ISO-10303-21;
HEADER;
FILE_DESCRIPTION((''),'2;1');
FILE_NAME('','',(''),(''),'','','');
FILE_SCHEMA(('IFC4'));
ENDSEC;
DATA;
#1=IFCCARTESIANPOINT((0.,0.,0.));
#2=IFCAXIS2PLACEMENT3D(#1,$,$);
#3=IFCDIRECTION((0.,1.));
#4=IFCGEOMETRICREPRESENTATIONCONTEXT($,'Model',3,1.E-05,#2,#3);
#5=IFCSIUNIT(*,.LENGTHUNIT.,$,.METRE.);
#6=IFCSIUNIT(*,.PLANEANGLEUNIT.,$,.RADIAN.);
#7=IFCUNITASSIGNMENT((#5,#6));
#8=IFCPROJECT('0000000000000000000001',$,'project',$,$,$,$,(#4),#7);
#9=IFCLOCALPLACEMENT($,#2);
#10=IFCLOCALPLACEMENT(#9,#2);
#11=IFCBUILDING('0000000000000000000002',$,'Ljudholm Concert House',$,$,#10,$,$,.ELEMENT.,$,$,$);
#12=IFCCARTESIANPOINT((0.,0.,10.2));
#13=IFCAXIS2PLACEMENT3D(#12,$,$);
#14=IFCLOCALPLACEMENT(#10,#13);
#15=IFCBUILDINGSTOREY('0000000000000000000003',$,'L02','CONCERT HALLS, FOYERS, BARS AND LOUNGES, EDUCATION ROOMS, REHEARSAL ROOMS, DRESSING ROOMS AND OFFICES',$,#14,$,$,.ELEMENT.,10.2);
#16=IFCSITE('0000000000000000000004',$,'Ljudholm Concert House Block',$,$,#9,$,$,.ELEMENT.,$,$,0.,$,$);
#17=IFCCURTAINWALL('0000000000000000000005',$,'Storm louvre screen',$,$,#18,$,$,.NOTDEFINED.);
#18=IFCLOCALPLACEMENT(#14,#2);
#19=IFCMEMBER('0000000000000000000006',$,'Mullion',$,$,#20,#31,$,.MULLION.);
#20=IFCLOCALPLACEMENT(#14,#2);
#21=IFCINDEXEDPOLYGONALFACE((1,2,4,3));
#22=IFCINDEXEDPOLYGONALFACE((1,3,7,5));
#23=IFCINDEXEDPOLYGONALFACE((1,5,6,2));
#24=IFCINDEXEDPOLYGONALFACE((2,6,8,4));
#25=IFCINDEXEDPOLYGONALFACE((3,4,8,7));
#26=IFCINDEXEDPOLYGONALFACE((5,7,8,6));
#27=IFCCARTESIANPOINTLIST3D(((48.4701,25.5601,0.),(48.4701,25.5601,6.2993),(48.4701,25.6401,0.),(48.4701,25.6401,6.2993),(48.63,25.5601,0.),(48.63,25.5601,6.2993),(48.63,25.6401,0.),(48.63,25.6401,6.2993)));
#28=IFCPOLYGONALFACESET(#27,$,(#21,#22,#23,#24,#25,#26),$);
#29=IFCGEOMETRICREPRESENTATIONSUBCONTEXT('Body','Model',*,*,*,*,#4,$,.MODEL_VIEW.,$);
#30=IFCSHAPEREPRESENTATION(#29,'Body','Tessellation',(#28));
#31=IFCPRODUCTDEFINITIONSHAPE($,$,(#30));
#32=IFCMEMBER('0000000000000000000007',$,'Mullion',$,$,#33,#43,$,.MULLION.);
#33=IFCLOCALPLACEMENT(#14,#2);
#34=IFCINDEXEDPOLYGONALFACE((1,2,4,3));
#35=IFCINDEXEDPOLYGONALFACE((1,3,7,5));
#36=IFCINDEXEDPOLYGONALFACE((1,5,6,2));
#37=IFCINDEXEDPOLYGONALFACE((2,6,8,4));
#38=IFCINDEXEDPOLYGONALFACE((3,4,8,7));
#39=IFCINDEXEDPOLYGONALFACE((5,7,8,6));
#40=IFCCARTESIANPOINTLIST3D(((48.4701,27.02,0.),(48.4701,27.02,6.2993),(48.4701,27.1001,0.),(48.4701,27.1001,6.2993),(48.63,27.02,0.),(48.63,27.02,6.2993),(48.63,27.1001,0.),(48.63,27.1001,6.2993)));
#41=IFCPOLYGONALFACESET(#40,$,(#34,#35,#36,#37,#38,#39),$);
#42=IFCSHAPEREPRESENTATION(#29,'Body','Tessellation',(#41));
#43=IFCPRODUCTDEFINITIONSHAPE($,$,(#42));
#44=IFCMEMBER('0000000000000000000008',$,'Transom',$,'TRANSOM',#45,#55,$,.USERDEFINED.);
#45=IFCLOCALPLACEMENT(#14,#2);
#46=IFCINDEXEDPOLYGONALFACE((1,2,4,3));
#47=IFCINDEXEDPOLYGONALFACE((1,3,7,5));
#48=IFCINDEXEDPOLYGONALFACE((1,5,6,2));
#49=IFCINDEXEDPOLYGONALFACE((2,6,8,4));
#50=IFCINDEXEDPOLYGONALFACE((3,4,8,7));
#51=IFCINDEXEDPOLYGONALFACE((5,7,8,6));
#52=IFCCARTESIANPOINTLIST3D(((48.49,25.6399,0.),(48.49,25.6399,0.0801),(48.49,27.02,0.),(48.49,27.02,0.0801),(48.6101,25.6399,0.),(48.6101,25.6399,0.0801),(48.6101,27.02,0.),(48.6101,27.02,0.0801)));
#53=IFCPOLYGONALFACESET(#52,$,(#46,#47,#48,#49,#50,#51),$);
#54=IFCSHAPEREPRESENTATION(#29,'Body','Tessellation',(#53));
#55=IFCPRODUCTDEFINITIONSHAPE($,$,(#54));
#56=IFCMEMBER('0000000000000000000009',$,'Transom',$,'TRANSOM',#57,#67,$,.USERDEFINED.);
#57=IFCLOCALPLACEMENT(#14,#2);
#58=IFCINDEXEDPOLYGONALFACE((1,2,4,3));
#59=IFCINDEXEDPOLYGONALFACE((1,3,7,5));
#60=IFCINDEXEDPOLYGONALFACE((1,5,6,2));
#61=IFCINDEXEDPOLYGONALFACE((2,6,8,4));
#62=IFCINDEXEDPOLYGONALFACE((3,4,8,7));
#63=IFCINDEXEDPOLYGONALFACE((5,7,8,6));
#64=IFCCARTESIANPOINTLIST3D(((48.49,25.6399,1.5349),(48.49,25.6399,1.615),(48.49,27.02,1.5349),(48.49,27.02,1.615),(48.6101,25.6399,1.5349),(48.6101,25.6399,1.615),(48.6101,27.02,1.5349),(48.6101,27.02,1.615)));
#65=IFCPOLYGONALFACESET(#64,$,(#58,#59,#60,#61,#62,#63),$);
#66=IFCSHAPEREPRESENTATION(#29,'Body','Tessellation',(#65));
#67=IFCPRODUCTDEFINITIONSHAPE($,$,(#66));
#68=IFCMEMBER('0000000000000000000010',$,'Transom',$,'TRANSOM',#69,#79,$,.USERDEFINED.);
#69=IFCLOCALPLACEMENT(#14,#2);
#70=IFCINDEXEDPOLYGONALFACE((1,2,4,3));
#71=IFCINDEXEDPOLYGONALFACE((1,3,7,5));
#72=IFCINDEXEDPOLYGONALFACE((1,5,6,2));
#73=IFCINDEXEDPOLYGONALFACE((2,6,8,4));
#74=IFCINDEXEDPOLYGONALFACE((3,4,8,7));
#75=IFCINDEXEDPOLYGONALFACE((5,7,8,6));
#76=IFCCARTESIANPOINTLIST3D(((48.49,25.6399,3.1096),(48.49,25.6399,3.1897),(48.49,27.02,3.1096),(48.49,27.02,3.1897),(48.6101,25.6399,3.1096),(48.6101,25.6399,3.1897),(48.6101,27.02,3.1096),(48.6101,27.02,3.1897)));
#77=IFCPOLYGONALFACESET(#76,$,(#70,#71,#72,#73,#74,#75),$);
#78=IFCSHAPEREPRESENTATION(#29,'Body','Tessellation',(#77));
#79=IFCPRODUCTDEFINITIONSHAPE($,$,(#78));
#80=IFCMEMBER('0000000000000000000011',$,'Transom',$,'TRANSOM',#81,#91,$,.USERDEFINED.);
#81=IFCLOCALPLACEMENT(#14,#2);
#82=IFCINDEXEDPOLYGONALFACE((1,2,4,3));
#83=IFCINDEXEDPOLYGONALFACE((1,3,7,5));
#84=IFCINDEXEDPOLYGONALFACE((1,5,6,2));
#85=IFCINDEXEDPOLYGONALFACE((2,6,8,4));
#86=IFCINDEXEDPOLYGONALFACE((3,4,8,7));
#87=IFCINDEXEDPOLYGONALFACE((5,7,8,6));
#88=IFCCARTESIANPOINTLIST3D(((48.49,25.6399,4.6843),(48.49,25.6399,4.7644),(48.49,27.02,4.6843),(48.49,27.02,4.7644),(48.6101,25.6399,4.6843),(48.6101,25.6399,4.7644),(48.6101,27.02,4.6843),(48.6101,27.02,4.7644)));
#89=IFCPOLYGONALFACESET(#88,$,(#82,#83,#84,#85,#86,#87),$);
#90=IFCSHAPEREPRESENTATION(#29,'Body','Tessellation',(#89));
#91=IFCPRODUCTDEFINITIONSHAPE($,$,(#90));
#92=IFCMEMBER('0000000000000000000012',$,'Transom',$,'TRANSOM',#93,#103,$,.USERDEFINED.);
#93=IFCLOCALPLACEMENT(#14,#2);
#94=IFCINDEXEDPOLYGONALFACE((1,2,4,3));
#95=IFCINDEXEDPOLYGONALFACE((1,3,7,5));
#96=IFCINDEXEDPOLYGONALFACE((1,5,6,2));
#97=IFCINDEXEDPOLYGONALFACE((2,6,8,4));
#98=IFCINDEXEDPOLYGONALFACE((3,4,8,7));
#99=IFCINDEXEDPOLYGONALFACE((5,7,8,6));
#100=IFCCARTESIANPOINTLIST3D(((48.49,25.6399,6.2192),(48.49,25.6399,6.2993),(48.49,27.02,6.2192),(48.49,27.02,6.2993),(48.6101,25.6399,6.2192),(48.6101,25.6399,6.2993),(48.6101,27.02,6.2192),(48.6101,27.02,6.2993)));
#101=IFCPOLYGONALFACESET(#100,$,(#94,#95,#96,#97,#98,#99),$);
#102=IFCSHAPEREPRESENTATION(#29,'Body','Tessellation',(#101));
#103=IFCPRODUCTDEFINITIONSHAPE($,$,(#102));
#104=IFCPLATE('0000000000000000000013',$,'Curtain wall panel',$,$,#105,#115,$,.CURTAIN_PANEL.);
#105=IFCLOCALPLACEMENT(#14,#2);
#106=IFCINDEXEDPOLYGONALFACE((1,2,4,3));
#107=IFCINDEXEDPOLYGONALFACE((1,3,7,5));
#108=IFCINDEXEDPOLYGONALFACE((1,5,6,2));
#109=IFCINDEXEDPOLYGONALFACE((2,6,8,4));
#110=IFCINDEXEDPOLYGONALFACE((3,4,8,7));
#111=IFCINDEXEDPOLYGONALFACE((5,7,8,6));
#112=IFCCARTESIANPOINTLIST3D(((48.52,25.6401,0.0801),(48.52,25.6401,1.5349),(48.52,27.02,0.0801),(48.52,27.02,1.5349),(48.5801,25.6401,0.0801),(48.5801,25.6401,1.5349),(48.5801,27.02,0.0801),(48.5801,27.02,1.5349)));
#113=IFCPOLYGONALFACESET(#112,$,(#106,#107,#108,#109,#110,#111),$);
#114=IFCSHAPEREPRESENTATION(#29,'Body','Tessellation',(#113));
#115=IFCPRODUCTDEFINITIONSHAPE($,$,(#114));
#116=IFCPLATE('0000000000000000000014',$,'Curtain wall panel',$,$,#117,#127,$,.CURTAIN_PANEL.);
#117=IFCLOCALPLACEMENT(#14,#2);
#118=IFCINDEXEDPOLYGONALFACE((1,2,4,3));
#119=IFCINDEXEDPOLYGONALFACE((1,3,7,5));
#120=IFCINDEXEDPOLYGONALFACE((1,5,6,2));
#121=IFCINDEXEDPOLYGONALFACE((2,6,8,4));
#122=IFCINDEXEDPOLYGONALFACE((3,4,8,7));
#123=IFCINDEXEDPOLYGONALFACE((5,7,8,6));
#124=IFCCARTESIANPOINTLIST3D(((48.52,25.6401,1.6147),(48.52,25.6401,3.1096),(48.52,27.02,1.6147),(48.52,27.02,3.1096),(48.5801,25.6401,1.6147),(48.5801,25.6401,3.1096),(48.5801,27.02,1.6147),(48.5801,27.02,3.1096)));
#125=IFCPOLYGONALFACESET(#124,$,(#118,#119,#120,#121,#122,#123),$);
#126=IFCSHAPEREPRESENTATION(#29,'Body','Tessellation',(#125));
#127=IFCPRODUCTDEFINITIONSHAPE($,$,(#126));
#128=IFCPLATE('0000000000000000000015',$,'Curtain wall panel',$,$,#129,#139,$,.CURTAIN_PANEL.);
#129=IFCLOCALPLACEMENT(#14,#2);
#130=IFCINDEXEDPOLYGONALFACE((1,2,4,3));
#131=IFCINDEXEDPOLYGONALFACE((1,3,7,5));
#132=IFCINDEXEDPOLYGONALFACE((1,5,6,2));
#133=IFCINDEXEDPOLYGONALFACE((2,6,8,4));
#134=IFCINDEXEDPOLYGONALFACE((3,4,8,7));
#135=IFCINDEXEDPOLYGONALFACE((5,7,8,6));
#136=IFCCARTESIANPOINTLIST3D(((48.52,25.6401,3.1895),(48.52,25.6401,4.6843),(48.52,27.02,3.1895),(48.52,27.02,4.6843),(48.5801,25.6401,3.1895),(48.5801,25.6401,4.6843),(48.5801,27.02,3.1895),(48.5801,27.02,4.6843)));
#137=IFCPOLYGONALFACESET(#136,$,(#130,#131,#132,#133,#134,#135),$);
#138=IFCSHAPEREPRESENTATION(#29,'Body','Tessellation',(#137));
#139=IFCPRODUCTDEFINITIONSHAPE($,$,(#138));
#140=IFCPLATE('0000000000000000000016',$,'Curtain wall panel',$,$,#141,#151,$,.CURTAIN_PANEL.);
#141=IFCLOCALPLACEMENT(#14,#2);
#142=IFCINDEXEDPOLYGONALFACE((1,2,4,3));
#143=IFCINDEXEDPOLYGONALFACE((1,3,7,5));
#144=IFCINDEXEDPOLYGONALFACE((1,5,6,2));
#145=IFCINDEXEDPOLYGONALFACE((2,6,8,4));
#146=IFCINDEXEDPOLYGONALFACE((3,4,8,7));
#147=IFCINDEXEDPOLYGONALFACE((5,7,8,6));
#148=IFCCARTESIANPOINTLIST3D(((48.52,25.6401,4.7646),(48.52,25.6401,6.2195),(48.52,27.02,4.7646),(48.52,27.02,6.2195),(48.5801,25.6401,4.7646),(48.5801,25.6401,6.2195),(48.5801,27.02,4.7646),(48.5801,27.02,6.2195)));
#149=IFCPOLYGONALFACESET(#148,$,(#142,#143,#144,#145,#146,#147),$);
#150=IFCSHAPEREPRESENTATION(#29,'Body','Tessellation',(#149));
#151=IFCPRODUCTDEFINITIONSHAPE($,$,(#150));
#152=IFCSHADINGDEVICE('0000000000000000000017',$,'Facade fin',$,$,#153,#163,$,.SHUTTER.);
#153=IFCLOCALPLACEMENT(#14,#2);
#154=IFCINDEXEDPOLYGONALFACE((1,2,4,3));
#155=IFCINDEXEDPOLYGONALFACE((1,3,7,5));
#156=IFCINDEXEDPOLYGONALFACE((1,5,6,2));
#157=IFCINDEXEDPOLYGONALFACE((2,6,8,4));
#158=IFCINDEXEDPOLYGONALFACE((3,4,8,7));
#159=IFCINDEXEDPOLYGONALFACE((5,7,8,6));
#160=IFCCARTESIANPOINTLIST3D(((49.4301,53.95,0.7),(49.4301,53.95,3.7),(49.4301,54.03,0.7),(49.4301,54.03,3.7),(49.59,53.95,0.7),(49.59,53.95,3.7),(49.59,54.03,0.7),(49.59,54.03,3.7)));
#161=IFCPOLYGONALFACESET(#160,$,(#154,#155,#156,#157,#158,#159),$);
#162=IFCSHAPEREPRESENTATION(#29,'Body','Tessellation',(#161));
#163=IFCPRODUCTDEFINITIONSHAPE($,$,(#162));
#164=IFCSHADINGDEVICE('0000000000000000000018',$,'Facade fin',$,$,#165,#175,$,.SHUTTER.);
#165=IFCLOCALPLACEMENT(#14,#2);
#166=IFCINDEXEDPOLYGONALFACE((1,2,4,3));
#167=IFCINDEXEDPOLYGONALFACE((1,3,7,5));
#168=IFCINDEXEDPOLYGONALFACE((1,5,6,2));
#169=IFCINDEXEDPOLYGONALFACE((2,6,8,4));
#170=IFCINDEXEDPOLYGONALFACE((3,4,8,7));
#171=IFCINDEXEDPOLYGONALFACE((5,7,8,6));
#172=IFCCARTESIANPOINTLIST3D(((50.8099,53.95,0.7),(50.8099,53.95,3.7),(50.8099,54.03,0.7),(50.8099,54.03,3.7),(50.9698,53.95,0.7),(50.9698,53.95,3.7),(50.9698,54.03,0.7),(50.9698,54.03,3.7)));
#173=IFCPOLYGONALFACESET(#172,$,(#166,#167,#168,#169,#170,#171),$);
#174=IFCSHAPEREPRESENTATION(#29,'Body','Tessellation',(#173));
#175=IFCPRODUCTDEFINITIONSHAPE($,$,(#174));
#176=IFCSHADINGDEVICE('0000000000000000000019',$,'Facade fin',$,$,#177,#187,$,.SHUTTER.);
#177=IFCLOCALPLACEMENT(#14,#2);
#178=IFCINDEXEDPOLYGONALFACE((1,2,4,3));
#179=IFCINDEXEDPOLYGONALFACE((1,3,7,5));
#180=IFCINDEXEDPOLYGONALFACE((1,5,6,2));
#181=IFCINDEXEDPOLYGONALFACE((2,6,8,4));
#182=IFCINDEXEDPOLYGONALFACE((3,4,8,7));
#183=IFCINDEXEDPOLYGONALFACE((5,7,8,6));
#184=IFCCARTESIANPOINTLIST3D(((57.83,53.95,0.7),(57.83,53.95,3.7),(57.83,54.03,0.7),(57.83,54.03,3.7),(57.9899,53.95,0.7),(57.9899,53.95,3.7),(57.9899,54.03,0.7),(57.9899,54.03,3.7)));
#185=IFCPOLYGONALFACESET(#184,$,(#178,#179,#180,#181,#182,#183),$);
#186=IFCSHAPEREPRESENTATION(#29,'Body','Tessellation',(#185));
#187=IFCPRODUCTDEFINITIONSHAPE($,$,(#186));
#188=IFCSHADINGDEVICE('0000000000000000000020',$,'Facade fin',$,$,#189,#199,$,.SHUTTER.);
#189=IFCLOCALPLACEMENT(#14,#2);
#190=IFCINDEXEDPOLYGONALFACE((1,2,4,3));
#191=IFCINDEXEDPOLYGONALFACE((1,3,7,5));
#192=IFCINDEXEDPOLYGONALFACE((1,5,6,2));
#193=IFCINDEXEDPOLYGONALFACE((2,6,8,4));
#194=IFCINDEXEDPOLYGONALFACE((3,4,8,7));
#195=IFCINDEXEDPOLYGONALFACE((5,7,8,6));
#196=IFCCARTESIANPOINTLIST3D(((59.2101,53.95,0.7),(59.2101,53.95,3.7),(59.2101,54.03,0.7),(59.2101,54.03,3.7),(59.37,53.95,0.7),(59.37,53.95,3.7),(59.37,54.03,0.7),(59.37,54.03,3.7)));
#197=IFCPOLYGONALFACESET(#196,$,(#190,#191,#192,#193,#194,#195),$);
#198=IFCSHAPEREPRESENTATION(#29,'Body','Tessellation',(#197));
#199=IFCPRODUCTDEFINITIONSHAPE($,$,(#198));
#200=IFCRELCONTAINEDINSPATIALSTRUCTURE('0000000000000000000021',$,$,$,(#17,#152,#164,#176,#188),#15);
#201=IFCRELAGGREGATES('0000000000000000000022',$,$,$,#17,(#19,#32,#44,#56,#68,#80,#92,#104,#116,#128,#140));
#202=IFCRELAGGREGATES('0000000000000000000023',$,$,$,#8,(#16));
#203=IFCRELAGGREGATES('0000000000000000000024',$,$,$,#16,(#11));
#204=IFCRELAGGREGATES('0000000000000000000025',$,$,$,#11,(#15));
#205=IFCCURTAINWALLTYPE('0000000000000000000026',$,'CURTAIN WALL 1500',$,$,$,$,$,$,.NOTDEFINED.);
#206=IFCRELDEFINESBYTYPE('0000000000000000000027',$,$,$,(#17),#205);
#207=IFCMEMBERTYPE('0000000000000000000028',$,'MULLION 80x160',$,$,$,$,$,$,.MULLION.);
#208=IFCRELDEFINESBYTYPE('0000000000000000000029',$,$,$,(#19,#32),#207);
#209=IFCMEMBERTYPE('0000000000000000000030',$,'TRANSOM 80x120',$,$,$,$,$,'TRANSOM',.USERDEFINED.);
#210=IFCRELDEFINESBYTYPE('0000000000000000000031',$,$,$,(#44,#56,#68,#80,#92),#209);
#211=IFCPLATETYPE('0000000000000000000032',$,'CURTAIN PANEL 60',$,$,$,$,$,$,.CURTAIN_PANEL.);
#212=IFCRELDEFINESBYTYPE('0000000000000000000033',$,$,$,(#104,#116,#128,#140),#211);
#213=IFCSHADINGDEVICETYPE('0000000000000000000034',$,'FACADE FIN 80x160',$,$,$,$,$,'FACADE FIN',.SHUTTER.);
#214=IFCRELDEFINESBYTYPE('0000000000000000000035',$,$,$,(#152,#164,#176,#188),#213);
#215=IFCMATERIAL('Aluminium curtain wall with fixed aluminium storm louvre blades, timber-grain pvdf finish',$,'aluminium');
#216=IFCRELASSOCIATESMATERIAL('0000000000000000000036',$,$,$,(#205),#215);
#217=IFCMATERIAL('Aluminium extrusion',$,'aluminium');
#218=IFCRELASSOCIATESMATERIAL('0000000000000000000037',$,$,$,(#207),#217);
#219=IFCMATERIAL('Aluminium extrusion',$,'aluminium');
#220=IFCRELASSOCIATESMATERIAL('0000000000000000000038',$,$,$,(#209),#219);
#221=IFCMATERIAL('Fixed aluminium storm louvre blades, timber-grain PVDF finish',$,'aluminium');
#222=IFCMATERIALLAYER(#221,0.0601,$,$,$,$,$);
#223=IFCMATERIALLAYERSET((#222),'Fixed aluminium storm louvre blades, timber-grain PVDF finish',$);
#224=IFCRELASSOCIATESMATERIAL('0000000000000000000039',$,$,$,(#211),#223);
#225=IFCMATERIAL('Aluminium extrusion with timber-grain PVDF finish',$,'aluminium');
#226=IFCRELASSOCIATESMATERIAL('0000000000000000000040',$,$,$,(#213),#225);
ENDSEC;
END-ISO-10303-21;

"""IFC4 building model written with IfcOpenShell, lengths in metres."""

from ifc_helpers import new_model, si_unit, direction, frame, origin, origin_2d, place, context, subcontext, project, spatial, rectangle, extrude, material, layer, layer_set, material_profile, profile_set, type_object, element, aggregate, save


model = new_model("IFC4")

# Units and contexts
model_context = context("Model", 3, precision=1e-05, world=origin(), true_north=direction((0.0, 1.0)))
body_context = subcontext(model_context, "Body", "Model", "MODEL_VIEW")
ifc_project = project(units=[si_unit("LENGTHUNIT", "METRE"), si_unit("PLANEANGLEUNIT", "RADIAN")], contexts=[model_context])

# Site, building, storey
site_placement = place(None, origin())
site = spatial("IfcSite", under=ifc_project, at=site_placement, Name="Ljudholm Concert House Block", CompositionType="ELEMENT", RefElevation=0.0)
building_placement = place(site_placement, origin())
building = spatial("IfcBuilding", under=site, at=building_placement, Name="Ljudholm Concert House", CompositionType="ELEMENT")
storey_placement = place(building_placement, frame((0.0, 0.0, 10.2)))
storey = spatial("IfcBuildingStorey", under=building, at=storey_placement, Name="L02", Description="CONCERT HALLS, FOYERS, BARS AND LOUNGES, EDUCATION ROOMS, REHEARSAL ROOMS, DRESSING ROOMS AND OFFICES", CompositionType="ELEMENT", Elevation=10.2)

# Curtain wall, members, plates
ifc_material_1 = material(Name="Aluminium curtain wall with fixed aluminium storm louvre blades, timber-grain pvdf finish", Category="aluminium")
curtain_wall_type = type_object("IfcCurtainWallType", Name="CURTAIN WALL 1500", PredefinedType="NOTDEFINED", material=ifc_material_1)
curtain_wall_placement = place(storey_placement, origin())
curtain_wall = element("IfcCurtainWall", 1, at=curtain_wall_placement, inside=storey, type_object=curtain_wall_type, Name="Storm louvre screen", PredefinedType="NOTDEFINED")
ifc_material_2 = material(Name="Aluminium extrusion", Category="aluminium")
ifc_material_profile_1 = material_profile(ifc_material_2, rectangle(XDim=0.1599, YDim=0.0801, at=origin_2d()), Name="MULLION 80x160")
ifc_profile_set_1 = profile_set([ifc_material_profile_1], Name="Aluminium extrusion")
member_type_1 = type_object("IfcMemberType", Name="MULLION 80x160", PredefinedType="MULLION", material=ifc_profile_set_1)
member_1_placement = place(storey_placement, frame((48.55, 25.6001, 0.0), z_axis=(0.0, 0.0, 1.0), x_axis=(-1.0, 0.0, 0.0)))
member_1 = element("IfcMember", 2, at=member_1_placement, type_object=member_type_1, Name="Mullion", PredefinedType="MULLION", context=body_context, shape_type="SweptSolid", body=[
    extrude(rectangle(XDim=0.1599, YDim=0.0801, at=origin_2d()), origin(), (0.0, 0.0, 1.0), 6.2993),
])
member_2_placement = place(storey_placement, frame((48.55, 27.0601, 0.0), z_axis=(0.0, 0.0, 1.0), x_axis=(-1.0, 0.0, 0.0)))
member_2 = element("IfcMember", 3, at=member_2_placement, type_object=member_type_1, Name="Mullion", PredefinedType="MULLION", context=body_context, shape_type="SweptSolid", body=[
    extrude(rectangle(XDim=0.1599, YDim=0.0801, at=origin_2d()), origin(), (0.0, 0.0, 1.0), 6.2993),
])
ifc_material_3 = material(Name="Aluminium extrusion", Category="aluminium")
ifc_material_profile_2 = material_profile(ifc_material_3, rectangle(XDim=0.1201, YDim=0.0801, at=origin_2d()), Name="TRANSOM 80x120")
ifc_profile_set_2 = profile_set([ifc_material_profile_2], Name="Aluminium extrusion")
member_type_2 = type_object("IfcMemberType", Name="TRANSOM 80x120", ElementType="TRANSOM", PredefinedType="USERDEFINED", material=ifc_profile_set_2)
member_3_placement = place(storey_placement, frame((48.55, 25.6399, 0.04), z_axis=(0.0, 1.0, 0.0), x_axis=(-1.0, 0.0, 0.0)))
member_3 = element("IfcMember", 4, at=member_3_placement, type_object=member_type_2, Name="Transom", ObjectType="TRANSOM", PredefinedType="USERDEFINED", context=body_context, shape_type="SweptSolid", body=[
    extrude(rectangle(XDim=0.1201, YDim=0.0801, at=origin_2d()), origin(), (0.0, 0.0, 1.0), 1.3801),
])
member_4_placement = place(storey_placement, frame((48.55, 25.6399, 1.575), z_axis=(0.0, 1.0, 0.0), x_axis=(-1.0, 0.0, 0.0)))
member_4 = element("IfcMember", 5, at=member_4_placement, type_object=member_type_2, Name="Transom", ObjectType="TRANSOM", PredefinedType="USERDEFINED", context=body_context, shape_type="SweptSolid", body=[
    extrude(rectangle(XDim=0.1201, YDim=0.0801, at=origin_2d()), origin(), (0.0, 0.0, 1.0), 1.3801),
])
member_5_placement = place(storey_placement, frame((48.55, 25.6399, 3.1497), z_axis=(0.0, 1.0, 0.0), x_axis=(-1.0, 0.0, 0.0)))
member_5 = element("IfcMember", 6, at=member_5_placement, type_object=member_type_2, Name="Transom", ObjectType="TRANSOM", PredefinedType="USERDEFINED", context=body_context, shape_type="SweptSolid", body=[
    extrude(rectangle(XDim=0.1201, YDim=0.0801, at=origin_2d()), origin(), (0.0, 0.0, 1.0), 1.3801),
])
member_6_placement = place(storey_placement, frame((48.55, 25.6399, 4.7244), z_axis=(0.0, 1.0, 0.0), x_axis=(-1.0, 0.0, 0.0)))
member_6 = element("IfcMember", 7, at=member_6_placement, type_object=member_type_2, Name="Transom", ObjectType="TRANSOM", PredefinedType="USERDEFINED", context=body_context, shape_type="SweptSolid", body=[
    extrude(rectangle(XDim=0.1201, YDim=0.0801, at=origin_2d()), origin(), (0.0, 0.0, 1.0), 1.3801),
])
member_7_placement = place(storey_placement, frame((48.55, 25.6399, 6.2593), z_axis=(0.0, 1.0, 0.0), x_axis=(-1.0, 0.0, 0.0)))
member_7 = element("IfcMember", 8, at=member_7_placement, type_object=member_type_2, Name="Transom", ObjectType="TRANSOM", PredefinedType="USERDEFINED", context=body_context, shape_type="SweptSolid", body=[
    extrude(rectangle(XDim=0.1201, YDim=0.0801, at=origin_2d()), origin(), (0.0, 0.0, 1.0), 1.3801),
])
ifc_material_4 = material(Name="Fixed aluminium storm louvre blades, timber-grain PVDF finish", Category="aluminium")
ifc_layer = layer(ifc_material_4, 0.0601)
ifc_layer_set = layer_set([ifc_layer], Name="Fixed aluminium storm louvre blades, timber-grain PVDF finish")
plate_type = type_object("IfcPlateType", Name="CURTAIN PANEL 60", PredefinedType="CURTAIN_PANEL", material=ifc_layer_set)
plate_1_placement = place(storey_placement, frame((48.55, 26.3301, 0.0801), z_axis=(0.0, 0.0, 1.0), x_axis=(0.0, 1.0, 0.0)))
plate_1 = element("IfcPlate", 9, at=plate_1_placement, type_object=plate_type, Name="Curtain wall panel", PredefinedType="CURTAIN_PANEL", context=body_context, shape_type="SweptSolid", body=[
    extrude(rectangle(XDim=1.3799, YDim=0.0601, at=origin_2d()), origin(), (0.0, 0.0, 1.0), 1.4548),
])
plate_2_placement = place(storey_placement, frame((48.55, 26.3301, 1.6147), z_axis=(0.0, 0.0, 1.0), x_axis=(0.0, 1.0, 0.0)))
plate_2 = element("IfcPlate", 10, at=plate_2_placement, type_object=plate_type, Name="Curtain wall panel", PredefinedType="CURTAIN_PANEL", context=body_context, shape_type="SweptSolid", body=[
    extrude(rectangle(XDim=1.3799, YDim=0.0601, at=origin_2d()), origin(), (0.0, 0.0, 1.0), 1.4949),
])
plate_3_placement = place(storey_placement, frame((48.55, 26.3301, 3.1895), z_axis=(0.0, 0.0, 1.0), x_axis=(0.0, 1.0, 0.0)))
plate_3 = element("IfcPlate", 11, at=plate_3_placement, type_object=plate_type, Name="Curtain wall panel", PredefinedType="CURTAIN_PANEL", context=body_context, shape_type="SweptSolid", body=[
    extrude(rectangle(XDim=1.3799, YDim=0.0601, at=origin_2d()), origin(), (0.0, 0.0, 1.0), 1.4949),
])
plate_4_placement = place(storey_placement, frame((48.55, 26.3301, 4.7646), z_axis=(0.0, 0.0, 1.0), x_axis=(0.0, 1.0, 0.0)))
plate_4 = element("IfcPlate", 12, at=plate_4_placement, type_object=plate_type, Name="Curtain wall panel", PredefinedType="CURTAIN_PANEL", context=body_context, shape_type="SweptSolid", body=[
    extrude(rectangle(XDim=1.3799, YDim=0.0601, at=origin_2d()), origin(), (0.0, 0.0, 1.0), 1.4548),
])
aggregate(curtain_wall, [member_1, member_2, member_3, member_4, member_5, member_6, member_7, plate_1, plate_2, plate_3, plate_4])

# Shading devices
ifc_material_5 = material(Name="Aluminium extrusion with timber-grain PVDF finish", Category="aluminium")
shading_device_type = type_object("IfcShadingDeviceType", Name="FACADE FIN 80x160", ElementType="FACADE FIN", PredefinedType="SHUTTER", material=ifc_material_5)
for number, where, z_axis, x_axis, name in (
    (13, (49.51, 53.99, 0.7), (0.0, 0.0, 1.0), (0.0, -1.0, 0.0), "Facade fin"),
    (14, (50.8899, 53.99, 0.7), (0.0, 0.0, 1.0), (0.0, -1.0, 0.0), "Facade fin"),
    (15, (57.9099, 53.99, 0.7), (0.0, 0.0, 1.0), (0.0, -1.0, 0.0), "Facade fin"),
    (16, (59.29, 53.99, 0.7), (0.0, 0.0, 1.0), (0.0, -1.0, 0.0), "Facade fin"),
):
    element("IfcShadingDevice", number, at=place(storey_placement, frame(where, z_axis=z_axis, x_axis=x_axis)), inside=storey, type_object=shading_device_type, Name=name, PredefinedType="SHUTTER", context=body_context, shape_type="SweptSolid", body=[
        extrude(rectangle(XDim=0.0801, YDim=0.1599, at=origin_2d()), origin(), (0.0, 0.0, 1.0), 3.0),
    ])

save(model, "model.ifc")
